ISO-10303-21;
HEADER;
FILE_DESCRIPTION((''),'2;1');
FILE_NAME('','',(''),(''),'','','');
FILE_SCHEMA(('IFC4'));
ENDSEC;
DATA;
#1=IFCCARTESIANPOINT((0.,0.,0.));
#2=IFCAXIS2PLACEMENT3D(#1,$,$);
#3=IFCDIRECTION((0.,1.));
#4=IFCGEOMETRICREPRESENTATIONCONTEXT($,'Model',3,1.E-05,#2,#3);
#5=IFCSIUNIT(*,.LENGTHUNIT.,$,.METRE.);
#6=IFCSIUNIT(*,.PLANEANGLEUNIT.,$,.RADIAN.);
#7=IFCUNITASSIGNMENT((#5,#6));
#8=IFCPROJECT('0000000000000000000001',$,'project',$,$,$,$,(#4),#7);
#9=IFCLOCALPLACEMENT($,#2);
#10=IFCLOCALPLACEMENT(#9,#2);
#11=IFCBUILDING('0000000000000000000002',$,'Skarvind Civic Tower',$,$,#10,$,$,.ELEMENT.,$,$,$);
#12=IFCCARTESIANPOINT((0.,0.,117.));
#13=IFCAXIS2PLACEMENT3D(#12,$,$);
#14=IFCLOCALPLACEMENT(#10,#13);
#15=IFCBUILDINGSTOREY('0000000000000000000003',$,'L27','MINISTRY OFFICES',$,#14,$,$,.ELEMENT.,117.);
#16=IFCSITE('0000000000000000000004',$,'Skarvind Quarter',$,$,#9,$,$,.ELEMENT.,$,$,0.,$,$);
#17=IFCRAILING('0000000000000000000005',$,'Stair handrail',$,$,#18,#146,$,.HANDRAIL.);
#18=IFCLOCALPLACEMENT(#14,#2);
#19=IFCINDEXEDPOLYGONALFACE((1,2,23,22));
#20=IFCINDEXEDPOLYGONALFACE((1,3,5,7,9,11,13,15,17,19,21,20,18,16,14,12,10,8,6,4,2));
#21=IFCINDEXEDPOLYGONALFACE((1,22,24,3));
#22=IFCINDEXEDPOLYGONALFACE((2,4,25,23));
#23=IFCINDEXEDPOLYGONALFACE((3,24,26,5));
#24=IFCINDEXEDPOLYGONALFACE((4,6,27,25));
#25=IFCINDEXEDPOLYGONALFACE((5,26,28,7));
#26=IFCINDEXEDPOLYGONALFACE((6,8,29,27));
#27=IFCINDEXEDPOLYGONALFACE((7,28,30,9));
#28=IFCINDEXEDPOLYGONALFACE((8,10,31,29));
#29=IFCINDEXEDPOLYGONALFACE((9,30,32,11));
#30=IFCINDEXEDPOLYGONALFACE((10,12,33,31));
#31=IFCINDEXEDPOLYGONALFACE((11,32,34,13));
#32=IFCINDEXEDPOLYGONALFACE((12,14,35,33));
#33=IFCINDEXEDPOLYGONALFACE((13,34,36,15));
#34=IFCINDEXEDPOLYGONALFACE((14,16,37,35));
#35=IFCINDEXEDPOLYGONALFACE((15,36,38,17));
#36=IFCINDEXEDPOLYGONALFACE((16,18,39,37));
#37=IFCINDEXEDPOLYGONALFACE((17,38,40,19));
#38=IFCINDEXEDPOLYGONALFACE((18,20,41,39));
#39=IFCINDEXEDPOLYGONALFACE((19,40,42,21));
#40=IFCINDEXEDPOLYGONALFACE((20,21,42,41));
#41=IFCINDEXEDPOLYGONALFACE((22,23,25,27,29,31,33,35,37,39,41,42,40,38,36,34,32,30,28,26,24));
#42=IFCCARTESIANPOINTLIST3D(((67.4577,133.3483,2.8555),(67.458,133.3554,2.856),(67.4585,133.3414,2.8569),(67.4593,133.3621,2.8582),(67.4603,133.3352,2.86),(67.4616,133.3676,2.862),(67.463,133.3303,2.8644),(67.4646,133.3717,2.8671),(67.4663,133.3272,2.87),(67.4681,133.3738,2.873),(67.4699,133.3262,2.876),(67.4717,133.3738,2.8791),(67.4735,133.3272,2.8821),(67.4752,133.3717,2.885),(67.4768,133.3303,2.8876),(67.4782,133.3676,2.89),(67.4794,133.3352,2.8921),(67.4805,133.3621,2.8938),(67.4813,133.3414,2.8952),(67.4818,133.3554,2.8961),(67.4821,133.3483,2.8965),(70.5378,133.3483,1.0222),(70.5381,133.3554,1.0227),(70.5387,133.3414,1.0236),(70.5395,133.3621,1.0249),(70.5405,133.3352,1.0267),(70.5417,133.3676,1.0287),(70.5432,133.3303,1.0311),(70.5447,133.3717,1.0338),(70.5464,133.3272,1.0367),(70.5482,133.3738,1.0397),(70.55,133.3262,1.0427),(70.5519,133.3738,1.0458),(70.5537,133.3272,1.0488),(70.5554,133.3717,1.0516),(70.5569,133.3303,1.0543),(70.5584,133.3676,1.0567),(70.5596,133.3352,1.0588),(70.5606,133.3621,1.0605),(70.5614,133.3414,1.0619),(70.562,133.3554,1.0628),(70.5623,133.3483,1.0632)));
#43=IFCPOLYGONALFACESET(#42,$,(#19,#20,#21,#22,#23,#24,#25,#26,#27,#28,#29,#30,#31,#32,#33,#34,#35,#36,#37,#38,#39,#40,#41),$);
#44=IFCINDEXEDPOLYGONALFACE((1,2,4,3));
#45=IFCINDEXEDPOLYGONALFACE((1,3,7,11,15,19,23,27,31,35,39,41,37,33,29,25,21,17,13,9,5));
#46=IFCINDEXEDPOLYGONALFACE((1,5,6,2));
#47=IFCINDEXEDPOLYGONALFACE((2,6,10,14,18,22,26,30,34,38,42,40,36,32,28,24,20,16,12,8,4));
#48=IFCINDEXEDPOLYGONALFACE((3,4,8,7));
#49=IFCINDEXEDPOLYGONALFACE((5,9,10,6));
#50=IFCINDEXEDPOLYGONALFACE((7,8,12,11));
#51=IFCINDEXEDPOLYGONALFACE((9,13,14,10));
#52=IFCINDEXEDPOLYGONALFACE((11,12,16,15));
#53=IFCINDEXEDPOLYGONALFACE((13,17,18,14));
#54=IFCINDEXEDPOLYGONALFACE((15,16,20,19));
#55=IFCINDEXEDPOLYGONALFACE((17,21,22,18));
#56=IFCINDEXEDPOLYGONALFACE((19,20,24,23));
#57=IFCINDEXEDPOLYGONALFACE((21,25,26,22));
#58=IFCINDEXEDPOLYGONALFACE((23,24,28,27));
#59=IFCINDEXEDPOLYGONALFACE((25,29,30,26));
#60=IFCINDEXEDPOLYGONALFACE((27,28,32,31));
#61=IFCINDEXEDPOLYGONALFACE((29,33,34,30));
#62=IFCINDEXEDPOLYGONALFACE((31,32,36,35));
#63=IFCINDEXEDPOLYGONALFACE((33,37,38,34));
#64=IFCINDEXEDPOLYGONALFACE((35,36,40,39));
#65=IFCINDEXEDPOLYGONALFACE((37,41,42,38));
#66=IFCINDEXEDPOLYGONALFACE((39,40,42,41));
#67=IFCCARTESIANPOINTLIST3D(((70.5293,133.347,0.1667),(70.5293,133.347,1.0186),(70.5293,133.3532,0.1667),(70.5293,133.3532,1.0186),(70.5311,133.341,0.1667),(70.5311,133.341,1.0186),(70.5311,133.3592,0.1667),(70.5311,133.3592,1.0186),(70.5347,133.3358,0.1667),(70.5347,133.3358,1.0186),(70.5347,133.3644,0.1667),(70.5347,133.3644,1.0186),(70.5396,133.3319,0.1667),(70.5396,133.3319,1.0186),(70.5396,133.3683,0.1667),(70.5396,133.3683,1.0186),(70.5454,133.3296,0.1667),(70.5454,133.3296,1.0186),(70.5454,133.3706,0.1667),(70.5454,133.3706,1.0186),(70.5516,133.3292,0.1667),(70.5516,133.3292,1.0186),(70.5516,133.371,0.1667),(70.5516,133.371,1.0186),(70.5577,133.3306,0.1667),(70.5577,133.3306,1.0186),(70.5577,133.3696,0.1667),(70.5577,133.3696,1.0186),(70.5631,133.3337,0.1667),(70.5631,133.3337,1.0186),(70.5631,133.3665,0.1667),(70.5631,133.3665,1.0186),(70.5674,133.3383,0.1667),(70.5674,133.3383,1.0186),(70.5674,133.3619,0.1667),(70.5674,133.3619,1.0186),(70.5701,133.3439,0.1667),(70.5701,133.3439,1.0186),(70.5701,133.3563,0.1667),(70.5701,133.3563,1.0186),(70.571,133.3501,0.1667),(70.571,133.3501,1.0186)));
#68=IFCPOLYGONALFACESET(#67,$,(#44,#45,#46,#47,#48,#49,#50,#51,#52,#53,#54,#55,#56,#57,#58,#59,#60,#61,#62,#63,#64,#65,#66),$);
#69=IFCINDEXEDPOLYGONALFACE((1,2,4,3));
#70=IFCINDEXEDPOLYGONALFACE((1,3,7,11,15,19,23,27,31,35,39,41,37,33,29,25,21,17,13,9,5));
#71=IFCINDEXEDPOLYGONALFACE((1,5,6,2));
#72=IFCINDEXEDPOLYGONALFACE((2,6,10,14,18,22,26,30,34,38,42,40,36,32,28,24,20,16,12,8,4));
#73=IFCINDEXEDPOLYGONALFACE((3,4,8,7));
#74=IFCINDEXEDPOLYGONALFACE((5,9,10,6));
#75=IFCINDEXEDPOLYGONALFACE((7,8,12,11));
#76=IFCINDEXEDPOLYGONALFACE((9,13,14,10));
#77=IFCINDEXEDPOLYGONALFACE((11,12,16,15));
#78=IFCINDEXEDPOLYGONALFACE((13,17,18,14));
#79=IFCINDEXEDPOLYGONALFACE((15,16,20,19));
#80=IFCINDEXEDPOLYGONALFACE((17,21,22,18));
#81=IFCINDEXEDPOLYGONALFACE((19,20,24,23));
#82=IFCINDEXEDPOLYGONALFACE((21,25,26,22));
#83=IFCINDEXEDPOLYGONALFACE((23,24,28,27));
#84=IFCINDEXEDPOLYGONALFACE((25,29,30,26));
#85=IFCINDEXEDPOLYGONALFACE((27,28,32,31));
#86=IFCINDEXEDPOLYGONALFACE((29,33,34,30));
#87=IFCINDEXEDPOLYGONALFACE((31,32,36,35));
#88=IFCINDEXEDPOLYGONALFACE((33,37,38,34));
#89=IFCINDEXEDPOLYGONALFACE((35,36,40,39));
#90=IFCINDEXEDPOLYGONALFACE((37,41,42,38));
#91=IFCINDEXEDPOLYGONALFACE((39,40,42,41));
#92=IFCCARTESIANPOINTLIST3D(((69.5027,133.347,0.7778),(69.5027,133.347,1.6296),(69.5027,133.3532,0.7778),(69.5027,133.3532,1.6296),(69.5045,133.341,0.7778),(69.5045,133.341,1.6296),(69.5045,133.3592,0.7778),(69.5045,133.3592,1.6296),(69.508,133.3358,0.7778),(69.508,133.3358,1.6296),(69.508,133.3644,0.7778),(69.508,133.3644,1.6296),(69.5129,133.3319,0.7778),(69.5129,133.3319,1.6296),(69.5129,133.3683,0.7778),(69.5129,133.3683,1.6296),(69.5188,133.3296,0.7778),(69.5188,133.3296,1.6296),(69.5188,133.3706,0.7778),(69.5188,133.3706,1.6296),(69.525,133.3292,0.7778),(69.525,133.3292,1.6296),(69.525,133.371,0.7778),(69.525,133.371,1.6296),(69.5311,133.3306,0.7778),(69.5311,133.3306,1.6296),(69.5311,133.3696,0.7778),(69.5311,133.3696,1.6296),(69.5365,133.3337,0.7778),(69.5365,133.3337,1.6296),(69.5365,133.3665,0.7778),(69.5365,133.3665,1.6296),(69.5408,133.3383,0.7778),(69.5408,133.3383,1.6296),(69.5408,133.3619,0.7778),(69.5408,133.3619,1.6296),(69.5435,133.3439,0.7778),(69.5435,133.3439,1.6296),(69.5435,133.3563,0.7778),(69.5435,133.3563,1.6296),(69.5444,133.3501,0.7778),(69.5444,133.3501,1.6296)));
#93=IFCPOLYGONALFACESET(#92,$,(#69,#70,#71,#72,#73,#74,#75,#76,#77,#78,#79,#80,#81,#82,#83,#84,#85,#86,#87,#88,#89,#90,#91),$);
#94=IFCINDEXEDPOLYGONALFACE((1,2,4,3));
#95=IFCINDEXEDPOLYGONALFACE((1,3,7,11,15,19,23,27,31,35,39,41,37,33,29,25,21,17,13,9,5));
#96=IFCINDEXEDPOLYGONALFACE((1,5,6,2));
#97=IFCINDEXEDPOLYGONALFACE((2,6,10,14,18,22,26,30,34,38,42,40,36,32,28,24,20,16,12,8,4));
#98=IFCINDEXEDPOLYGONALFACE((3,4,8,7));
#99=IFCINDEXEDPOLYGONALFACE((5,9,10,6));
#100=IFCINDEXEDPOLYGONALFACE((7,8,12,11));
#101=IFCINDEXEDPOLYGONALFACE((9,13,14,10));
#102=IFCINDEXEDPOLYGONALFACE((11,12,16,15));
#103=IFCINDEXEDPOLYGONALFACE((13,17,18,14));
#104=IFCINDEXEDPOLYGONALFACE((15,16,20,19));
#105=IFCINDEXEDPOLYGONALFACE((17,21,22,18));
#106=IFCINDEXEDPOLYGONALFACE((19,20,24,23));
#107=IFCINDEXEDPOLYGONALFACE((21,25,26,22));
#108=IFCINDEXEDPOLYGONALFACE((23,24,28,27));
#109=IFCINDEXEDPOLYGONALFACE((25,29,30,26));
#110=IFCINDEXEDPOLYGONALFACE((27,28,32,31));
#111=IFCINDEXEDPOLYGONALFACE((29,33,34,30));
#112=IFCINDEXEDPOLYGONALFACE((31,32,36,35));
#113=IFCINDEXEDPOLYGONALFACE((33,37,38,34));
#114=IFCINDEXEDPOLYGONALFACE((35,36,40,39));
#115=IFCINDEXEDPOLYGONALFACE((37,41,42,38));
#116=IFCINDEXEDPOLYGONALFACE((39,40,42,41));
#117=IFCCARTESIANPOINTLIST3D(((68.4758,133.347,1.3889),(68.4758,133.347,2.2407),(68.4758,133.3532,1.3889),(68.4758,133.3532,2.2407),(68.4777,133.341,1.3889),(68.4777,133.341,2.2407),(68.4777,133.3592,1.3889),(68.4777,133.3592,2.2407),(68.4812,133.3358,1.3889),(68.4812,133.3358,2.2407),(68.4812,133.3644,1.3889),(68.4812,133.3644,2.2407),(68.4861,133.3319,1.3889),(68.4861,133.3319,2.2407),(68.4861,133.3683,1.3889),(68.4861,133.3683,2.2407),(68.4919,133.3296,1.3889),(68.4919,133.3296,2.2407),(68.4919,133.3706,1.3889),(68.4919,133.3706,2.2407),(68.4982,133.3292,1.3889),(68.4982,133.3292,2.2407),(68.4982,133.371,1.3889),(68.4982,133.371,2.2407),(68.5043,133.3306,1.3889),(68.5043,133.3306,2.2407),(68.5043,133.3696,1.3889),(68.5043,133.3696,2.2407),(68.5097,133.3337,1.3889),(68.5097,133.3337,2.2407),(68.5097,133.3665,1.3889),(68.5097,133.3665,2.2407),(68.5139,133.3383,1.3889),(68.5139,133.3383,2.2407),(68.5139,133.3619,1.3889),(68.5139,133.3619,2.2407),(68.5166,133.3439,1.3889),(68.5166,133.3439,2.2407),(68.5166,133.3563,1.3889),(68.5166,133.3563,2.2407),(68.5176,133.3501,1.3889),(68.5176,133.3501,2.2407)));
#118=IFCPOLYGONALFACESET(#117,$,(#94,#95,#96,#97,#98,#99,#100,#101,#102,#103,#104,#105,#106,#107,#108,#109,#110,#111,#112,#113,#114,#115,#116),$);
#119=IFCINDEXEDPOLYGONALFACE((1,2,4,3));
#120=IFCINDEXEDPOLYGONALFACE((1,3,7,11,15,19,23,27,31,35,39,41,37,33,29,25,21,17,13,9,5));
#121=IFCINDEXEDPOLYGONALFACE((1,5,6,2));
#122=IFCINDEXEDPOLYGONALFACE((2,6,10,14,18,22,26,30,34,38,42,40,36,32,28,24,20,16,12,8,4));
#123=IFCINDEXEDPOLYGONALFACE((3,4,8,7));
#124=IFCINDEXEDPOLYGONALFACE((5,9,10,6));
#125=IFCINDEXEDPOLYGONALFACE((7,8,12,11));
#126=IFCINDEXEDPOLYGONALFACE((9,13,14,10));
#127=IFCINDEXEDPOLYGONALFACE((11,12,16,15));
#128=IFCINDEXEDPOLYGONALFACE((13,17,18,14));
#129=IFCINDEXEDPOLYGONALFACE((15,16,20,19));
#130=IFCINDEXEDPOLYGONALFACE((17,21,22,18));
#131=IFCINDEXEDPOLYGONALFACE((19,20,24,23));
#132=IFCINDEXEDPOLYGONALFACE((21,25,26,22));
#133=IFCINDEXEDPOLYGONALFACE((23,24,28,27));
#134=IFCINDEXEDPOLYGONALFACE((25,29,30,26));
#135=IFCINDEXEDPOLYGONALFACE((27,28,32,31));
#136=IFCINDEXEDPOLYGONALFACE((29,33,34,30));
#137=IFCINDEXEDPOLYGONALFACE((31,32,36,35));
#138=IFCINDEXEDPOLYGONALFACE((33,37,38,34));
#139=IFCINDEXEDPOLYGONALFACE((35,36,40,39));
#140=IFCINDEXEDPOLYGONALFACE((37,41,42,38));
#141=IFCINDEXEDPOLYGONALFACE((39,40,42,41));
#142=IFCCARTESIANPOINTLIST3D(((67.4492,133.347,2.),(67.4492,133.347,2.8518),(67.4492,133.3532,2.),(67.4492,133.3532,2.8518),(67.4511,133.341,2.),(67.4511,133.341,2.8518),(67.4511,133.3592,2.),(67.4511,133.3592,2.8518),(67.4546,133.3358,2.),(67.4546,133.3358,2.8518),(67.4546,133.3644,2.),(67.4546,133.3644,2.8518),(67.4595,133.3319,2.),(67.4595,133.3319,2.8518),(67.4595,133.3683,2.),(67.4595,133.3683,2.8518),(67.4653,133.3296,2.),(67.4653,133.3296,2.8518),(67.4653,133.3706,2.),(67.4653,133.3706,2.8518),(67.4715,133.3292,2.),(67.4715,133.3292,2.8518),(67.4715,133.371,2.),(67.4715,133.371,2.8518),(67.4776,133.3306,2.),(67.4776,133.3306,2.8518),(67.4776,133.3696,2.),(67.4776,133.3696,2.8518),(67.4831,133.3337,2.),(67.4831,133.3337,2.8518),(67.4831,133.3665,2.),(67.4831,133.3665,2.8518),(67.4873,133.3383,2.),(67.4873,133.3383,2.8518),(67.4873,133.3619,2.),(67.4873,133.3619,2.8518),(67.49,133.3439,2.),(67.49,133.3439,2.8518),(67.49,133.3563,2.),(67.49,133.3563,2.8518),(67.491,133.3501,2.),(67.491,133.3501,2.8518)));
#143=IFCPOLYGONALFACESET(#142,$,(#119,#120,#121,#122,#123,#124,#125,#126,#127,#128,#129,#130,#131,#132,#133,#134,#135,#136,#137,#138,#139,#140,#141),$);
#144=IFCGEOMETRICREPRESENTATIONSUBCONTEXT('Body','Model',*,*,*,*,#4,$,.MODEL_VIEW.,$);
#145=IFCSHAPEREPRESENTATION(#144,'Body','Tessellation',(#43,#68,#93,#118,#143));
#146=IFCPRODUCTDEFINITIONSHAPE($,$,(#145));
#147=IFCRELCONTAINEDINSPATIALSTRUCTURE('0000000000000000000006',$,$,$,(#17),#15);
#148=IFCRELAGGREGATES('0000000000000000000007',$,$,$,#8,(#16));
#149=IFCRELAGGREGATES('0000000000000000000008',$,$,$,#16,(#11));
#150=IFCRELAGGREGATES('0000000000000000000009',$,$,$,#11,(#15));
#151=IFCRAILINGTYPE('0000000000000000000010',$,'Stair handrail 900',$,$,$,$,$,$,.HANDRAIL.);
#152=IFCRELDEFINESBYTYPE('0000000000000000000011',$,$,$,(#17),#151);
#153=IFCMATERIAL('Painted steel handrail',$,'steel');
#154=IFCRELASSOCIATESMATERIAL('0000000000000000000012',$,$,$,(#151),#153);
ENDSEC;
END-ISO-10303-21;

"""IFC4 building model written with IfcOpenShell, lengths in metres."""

from ifc_helpers import new_model, si_unit, direction, frame, origin, origin_2d, place, context, subcontext, project, spatial, circle, extrude, material, type_object, element, save


model = new_model("IFC4")

# Units and contexts
model_context = context("Model", 3, precision=1e-05, world=origin(), true_north=direction((0.0, 1.0)))
body_context = subcontext(model_context, "Body", "Model", "MODEL_VIEW")
ifc_project = project(units=[si_unit("LENGTHUNIT", "METRE"), si_unit("PLANEANGLEUNIT", "RADIAN")], contexts=[model_context])

# Site, building, storey
site_placement = place(None, origin())
site = spatial("IfcSite", under=ifc_project, at=site_placement, Name="Skarvind Quarter", CompositionType="ELEMENT", RefElevation=0.0)
building_placement = place(site_placement, origin())
building = spatial("IfcBuilding", under=site, at=building_placement, Name="Skarvind Civic Tower", CompositionType="ELEMENT")
storey_placement = place(building_placement, frame((0.0, 0.0, 117.0)))
storey = spatial("IfcBuildingStorey", under=building, at=storey_placement, Name="L27", Description="MINISTRY OFFICES", CompositionType="ELEMENT", Elevation=117.0)

# Railing
ifc_material_1 = material(Name="Painted steel handrail", Category="steel")
railing_type_1 = type_object("IfcRailingType", Name="Stair handrail 900", PredefinedType="HANDRAIL", material=ifc_material_1)
railing_1_placement = place(storey_placement, frame((70.55, 133.3501, 0.1667)))
element("IfcRailing", 1, at=railing_1_placement, inside=storey, type_object=railing_type_1, Name="Stair handrail", PredefinedType="HANDRAIL", context=body_context, shape_type="SweptSolid", body=[
    extrude(circle(Radius=0.0239, at=origin_2d()), frame((0.0, 0.0, 0.876), z_axis=(-0.859309, 0.0, 0.511458), x_axis=(0.0, -1.0, 0.0)), (0.0, 0.0, 1.0), 3.5845),
    extrude(circle(Radius=0.021, at=origin_2d()), origin(), (0.0, 0.0, 1.0), 0.8518),
    extrude(circle(Radius=0.021, at=origin_2d()), frame((-1.0266, 0.0, 0.6111)), (0.0, 0.0, 1.0), 0.8518),
    extrude(circle(Radius=0.021, at=origin_2d()), frame((-2.0535, 0.0, 1.2222)), (0.0, 0.0, 1.0), 0.8518),
    extrude(circle(Radius=0.021, at=origin_2d()), frame((-3.0801, 0.0, 1.8333)), (0.0, 0.0, 1.0), 0.8518),
])

save(model, "model.ifc")
